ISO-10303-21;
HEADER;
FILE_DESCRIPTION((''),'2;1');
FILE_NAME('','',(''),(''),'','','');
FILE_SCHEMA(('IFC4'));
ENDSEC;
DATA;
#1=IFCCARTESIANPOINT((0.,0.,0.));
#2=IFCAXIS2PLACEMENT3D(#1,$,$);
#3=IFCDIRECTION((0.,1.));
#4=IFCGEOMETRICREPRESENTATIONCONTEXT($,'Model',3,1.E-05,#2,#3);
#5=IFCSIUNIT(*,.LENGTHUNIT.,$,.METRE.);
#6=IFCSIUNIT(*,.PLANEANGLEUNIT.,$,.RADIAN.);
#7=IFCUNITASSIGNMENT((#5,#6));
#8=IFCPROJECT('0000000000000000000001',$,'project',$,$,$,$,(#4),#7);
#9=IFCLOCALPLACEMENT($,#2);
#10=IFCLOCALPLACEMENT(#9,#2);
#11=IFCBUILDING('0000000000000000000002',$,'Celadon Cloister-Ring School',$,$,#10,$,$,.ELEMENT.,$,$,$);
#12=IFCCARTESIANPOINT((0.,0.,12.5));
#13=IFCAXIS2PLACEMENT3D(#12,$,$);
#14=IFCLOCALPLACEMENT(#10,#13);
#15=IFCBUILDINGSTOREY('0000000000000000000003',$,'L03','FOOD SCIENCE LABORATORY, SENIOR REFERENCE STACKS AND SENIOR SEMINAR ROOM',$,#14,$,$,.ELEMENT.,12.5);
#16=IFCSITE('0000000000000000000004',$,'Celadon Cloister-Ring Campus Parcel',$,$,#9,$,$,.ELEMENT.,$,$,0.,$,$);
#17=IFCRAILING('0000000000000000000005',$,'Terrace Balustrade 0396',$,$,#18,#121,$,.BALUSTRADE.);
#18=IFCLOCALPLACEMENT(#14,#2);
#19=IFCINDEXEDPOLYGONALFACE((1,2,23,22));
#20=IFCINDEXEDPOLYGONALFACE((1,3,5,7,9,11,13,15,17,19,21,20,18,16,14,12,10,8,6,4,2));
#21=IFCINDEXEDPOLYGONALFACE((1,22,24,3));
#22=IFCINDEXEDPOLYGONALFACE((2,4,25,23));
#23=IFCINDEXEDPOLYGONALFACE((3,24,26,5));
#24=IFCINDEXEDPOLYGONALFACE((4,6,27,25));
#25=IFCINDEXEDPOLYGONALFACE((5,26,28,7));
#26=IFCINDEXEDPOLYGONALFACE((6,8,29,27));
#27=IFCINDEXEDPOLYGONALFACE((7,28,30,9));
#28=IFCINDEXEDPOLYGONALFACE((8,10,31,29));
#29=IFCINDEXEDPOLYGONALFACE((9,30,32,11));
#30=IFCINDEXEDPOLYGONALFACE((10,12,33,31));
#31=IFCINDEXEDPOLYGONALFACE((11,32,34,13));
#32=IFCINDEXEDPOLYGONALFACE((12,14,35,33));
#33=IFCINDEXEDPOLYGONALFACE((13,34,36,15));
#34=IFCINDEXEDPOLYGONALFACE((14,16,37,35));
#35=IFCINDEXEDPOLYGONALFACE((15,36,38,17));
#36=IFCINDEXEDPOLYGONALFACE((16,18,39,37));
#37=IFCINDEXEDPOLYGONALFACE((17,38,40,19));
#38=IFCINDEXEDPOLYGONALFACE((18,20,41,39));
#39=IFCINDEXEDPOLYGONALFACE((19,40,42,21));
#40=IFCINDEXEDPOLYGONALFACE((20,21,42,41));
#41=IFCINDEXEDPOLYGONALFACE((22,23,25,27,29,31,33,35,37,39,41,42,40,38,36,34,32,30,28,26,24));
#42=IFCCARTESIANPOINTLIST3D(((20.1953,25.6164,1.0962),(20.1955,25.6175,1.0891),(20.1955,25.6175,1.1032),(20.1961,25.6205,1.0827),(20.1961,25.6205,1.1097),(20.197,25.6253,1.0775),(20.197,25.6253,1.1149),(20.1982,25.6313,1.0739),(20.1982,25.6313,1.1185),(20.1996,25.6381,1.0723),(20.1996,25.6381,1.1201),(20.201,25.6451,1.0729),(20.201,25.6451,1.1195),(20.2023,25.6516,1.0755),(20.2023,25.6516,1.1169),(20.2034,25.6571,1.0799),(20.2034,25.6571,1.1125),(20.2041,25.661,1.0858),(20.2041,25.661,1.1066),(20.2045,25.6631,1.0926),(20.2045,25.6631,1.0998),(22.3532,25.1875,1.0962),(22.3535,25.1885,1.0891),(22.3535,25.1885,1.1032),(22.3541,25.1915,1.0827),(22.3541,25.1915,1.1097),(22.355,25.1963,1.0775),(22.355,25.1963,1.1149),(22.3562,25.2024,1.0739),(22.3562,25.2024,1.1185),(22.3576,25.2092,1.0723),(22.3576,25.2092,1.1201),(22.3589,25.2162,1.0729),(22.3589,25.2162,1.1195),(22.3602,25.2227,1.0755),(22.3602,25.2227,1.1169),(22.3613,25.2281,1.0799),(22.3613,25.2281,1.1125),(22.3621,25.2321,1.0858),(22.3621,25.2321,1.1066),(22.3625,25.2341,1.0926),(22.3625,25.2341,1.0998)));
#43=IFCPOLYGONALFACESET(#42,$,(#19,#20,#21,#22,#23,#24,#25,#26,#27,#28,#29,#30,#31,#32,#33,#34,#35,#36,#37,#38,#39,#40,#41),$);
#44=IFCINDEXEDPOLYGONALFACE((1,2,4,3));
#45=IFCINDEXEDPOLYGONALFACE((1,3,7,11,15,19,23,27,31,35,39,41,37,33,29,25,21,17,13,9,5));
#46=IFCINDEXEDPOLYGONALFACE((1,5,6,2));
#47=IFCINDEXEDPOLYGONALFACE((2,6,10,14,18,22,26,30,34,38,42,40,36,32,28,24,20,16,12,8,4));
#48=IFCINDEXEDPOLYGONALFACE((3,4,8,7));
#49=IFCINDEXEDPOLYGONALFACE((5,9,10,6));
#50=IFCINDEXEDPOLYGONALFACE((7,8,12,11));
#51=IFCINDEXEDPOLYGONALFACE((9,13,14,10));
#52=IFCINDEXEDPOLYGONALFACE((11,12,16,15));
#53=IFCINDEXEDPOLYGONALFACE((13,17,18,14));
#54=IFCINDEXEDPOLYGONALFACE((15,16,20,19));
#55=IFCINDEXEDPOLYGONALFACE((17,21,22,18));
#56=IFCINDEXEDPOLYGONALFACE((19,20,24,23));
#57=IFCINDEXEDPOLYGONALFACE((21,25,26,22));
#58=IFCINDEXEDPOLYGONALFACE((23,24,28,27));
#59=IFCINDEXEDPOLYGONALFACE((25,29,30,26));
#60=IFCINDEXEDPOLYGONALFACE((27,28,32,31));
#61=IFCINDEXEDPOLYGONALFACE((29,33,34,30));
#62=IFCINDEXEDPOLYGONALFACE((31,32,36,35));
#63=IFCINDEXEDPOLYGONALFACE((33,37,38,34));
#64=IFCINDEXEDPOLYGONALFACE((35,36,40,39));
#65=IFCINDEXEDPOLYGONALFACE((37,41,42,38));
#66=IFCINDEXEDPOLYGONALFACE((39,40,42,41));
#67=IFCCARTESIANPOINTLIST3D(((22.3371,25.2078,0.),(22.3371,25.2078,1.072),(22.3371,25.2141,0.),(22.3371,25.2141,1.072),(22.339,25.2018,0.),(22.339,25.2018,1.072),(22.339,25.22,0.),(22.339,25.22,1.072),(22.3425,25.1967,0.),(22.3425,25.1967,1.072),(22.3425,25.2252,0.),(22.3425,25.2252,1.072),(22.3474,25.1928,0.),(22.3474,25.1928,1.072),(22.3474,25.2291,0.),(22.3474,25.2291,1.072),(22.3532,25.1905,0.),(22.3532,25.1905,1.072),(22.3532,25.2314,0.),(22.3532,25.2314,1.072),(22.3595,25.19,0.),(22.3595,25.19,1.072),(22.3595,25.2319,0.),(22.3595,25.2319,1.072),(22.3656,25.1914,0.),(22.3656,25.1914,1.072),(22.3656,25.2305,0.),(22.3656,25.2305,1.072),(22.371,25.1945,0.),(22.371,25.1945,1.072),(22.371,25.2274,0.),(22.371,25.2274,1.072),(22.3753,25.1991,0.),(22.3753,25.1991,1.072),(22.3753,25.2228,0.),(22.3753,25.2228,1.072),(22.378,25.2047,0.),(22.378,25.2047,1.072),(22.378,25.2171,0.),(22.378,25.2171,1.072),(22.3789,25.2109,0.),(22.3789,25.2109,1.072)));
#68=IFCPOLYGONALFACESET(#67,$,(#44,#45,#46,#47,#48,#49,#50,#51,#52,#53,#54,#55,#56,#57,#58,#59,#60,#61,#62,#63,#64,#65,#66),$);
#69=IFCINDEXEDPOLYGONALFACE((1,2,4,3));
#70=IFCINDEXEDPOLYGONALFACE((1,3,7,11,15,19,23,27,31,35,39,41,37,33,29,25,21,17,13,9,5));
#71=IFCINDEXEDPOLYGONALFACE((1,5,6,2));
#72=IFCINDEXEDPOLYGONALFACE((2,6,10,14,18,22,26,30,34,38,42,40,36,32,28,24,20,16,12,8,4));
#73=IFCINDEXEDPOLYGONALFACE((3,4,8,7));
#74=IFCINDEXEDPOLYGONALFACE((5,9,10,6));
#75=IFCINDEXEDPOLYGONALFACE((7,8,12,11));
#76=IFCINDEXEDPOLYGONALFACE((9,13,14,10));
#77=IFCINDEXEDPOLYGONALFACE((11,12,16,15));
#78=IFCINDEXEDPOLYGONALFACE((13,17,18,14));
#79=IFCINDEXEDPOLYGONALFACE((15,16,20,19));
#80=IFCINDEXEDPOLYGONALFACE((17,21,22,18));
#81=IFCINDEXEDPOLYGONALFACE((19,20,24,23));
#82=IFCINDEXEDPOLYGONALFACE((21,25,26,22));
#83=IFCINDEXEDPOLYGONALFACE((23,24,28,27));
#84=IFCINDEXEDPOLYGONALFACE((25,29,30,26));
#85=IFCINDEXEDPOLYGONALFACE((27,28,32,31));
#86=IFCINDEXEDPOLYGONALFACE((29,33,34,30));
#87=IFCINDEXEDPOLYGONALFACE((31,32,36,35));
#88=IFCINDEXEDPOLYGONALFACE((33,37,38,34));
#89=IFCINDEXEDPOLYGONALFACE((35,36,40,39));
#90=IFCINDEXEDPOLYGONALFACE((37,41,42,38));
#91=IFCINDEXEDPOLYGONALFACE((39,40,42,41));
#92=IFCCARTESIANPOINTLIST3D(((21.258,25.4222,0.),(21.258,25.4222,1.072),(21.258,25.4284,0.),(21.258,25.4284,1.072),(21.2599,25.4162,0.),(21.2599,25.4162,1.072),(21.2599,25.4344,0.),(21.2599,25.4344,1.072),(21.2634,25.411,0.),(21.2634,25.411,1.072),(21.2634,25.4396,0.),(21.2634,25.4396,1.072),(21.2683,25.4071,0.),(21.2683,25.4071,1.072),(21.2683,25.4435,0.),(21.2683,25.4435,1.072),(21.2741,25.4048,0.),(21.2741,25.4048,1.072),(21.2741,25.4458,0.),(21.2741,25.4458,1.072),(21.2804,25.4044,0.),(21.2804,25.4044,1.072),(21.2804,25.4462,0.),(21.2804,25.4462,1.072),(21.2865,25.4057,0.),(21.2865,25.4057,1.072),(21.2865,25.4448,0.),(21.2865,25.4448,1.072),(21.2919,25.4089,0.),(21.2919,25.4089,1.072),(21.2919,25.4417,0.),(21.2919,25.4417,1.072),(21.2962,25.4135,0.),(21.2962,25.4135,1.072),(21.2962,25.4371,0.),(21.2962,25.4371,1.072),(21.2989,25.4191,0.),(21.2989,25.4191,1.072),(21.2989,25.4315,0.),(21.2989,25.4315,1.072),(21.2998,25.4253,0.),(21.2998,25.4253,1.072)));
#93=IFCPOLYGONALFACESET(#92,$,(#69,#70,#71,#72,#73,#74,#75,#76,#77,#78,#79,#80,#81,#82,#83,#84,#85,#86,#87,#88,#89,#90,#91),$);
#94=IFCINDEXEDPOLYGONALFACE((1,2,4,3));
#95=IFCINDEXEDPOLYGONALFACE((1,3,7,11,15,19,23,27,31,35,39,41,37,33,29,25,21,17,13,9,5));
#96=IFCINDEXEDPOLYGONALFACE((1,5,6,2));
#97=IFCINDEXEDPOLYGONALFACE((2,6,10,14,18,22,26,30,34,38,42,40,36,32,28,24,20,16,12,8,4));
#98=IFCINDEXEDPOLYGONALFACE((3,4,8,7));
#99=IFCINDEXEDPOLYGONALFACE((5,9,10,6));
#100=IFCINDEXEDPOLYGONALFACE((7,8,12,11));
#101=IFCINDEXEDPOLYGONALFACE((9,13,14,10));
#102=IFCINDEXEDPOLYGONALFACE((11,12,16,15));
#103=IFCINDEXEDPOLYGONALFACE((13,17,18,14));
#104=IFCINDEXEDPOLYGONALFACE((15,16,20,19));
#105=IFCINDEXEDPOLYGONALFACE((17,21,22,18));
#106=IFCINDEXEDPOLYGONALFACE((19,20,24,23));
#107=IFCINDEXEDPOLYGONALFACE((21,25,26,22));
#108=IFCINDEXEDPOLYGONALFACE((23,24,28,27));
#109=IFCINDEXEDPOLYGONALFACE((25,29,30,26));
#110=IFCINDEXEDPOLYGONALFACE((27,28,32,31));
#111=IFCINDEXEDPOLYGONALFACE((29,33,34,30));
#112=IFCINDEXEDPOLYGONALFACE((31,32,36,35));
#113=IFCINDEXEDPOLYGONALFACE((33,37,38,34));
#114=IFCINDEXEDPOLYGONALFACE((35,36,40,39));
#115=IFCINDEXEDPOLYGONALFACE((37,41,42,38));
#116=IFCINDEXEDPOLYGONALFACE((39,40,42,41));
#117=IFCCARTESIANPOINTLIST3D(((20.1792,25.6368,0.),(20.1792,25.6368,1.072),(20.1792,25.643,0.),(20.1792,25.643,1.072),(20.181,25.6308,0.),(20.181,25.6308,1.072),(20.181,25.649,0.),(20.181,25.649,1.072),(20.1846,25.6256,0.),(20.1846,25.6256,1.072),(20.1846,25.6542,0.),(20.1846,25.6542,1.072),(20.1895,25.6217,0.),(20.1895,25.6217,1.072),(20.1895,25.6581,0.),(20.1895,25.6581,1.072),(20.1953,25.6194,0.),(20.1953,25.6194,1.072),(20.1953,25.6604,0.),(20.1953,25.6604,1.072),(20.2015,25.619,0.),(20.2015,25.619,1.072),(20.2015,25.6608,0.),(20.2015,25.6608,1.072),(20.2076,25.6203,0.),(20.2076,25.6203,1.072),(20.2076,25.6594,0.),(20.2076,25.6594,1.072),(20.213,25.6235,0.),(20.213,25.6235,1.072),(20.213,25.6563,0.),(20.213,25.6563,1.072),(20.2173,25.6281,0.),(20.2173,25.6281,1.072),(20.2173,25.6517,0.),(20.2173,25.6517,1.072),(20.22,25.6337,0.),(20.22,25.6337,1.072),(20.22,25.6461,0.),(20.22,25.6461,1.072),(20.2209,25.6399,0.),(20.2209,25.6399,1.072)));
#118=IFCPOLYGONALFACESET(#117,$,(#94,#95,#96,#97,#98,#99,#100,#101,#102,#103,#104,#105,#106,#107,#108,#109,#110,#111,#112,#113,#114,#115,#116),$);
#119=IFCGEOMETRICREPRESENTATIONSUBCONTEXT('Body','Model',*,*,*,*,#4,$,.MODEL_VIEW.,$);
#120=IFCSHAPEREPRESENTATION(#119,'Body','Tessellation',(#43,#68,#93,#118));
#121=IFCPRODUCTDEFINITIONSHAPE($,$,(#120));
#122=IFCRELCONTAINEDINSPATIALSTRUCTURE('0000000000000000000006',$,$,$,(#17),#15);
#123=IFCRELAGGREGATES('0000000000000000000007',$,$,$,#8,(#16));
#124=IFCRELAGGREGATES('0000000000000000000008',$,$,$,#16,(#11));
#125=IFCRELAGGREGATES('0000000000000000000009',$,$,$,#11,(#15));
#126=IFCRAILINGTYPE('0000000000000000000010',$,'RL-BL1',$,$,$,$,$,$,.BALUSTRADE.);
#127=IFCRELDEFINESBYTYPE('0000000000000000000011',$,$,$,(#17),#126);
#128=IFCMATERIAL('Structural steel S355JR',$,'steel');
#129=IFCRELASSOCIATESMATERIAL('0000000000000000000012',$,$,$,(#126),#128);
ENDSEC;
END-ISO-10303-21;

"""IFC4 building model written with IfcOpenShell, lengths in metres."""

from ifc_helpers import new_model, si_unit, direction, frame, origin, origin_2d, place, context, subcontext, project, spatial, circle, extrude, material, type_object, element, save


model = new_model("IFC4")

# Units and contexts
model_context = context("Model", 3, precision=1e-05, world=origin(), true_north=direction((0.0, 1.0)))
body_context = subcontext(model_context, "Body", "Model", "MODEL_VIEW")
ifc_project = project(units=[si_unit("LENGTHUNIT", "METRE"), si_unit("PLANEANGLEUNIT", "RADIAN")], contexts=[model_context])

# Site, building, storey
site_placement = place(None, origin())
site = spatial("IfcSite", under=ifc_project, at=site_placement, Name="Celadon Cloister-Ring Campus Parcel", CompositionType="ELEMENT", RefElevation=0.0)
building_placement = place(site_placement, origin())
building = spatial("IfcBuilding", under=site, at=building_placement, Name="Celadon Cloister-Ring School", CompositionType="ELEMENT")
storey_placement = place(building_placement, frame((0.0, 0.0, 12.5)))
storey = spatial("IfcBuildingStorey", under=building, at=storey_placement, Name="L03", Description="FOOD SCIENCE LABORATORY, SENIOR REFERENCE STACKS AND SENIOR SEMINAR ROOM", CompositionType="ELEMENT", Elevation=12.5)

# Railing
ifc_material_1 = material(Name="Structural steel S355JR", Category="steel")
railing_type = type_object("IfcRailingType", Name="RL-BL1", PredefinedType="BALUSTRADE", material=ifc_material_1)
railing_1_placement = place(storey_placement, frame((22.3579, 25.2109, 0.0)))
element("IfcRailing", 1, at=railing_1_placement, inside=storey, type_object=railing_type, Name="Terrace Balustrade 0396", PredefinedType="BALUSTRADE", context=body_context, shape_type="SweptSolid", body=[
    extrude(circle(Radius=0.0239, at=origin_2d()), frame((0.0, 0.0, 1.0962), z_axis=(-0.98081, 0.194964, 0.0), x_axis=(-0.194964, -0.98081, 0.0)), (0.0, 0.0, 1.0), 2.2002),
    extrude(circle(Radius=0.021, at=origin_2d()), origin(), (0.0, 0.0, 1.0), 1.072),
    extrude(circle(Radius=0.021, at=origin_2d()), frame((-1.0791, 0.2144, 0.0)), (0.0, 0.0, 1.0), 1.072),
    extrude(circle(Radius=0.021, at=origin_2d()), frame((-2.158, 0.429, 0.0)), (0.0, 0.0, 1.0), 1.072),
])

save(model, "model.ifc")
